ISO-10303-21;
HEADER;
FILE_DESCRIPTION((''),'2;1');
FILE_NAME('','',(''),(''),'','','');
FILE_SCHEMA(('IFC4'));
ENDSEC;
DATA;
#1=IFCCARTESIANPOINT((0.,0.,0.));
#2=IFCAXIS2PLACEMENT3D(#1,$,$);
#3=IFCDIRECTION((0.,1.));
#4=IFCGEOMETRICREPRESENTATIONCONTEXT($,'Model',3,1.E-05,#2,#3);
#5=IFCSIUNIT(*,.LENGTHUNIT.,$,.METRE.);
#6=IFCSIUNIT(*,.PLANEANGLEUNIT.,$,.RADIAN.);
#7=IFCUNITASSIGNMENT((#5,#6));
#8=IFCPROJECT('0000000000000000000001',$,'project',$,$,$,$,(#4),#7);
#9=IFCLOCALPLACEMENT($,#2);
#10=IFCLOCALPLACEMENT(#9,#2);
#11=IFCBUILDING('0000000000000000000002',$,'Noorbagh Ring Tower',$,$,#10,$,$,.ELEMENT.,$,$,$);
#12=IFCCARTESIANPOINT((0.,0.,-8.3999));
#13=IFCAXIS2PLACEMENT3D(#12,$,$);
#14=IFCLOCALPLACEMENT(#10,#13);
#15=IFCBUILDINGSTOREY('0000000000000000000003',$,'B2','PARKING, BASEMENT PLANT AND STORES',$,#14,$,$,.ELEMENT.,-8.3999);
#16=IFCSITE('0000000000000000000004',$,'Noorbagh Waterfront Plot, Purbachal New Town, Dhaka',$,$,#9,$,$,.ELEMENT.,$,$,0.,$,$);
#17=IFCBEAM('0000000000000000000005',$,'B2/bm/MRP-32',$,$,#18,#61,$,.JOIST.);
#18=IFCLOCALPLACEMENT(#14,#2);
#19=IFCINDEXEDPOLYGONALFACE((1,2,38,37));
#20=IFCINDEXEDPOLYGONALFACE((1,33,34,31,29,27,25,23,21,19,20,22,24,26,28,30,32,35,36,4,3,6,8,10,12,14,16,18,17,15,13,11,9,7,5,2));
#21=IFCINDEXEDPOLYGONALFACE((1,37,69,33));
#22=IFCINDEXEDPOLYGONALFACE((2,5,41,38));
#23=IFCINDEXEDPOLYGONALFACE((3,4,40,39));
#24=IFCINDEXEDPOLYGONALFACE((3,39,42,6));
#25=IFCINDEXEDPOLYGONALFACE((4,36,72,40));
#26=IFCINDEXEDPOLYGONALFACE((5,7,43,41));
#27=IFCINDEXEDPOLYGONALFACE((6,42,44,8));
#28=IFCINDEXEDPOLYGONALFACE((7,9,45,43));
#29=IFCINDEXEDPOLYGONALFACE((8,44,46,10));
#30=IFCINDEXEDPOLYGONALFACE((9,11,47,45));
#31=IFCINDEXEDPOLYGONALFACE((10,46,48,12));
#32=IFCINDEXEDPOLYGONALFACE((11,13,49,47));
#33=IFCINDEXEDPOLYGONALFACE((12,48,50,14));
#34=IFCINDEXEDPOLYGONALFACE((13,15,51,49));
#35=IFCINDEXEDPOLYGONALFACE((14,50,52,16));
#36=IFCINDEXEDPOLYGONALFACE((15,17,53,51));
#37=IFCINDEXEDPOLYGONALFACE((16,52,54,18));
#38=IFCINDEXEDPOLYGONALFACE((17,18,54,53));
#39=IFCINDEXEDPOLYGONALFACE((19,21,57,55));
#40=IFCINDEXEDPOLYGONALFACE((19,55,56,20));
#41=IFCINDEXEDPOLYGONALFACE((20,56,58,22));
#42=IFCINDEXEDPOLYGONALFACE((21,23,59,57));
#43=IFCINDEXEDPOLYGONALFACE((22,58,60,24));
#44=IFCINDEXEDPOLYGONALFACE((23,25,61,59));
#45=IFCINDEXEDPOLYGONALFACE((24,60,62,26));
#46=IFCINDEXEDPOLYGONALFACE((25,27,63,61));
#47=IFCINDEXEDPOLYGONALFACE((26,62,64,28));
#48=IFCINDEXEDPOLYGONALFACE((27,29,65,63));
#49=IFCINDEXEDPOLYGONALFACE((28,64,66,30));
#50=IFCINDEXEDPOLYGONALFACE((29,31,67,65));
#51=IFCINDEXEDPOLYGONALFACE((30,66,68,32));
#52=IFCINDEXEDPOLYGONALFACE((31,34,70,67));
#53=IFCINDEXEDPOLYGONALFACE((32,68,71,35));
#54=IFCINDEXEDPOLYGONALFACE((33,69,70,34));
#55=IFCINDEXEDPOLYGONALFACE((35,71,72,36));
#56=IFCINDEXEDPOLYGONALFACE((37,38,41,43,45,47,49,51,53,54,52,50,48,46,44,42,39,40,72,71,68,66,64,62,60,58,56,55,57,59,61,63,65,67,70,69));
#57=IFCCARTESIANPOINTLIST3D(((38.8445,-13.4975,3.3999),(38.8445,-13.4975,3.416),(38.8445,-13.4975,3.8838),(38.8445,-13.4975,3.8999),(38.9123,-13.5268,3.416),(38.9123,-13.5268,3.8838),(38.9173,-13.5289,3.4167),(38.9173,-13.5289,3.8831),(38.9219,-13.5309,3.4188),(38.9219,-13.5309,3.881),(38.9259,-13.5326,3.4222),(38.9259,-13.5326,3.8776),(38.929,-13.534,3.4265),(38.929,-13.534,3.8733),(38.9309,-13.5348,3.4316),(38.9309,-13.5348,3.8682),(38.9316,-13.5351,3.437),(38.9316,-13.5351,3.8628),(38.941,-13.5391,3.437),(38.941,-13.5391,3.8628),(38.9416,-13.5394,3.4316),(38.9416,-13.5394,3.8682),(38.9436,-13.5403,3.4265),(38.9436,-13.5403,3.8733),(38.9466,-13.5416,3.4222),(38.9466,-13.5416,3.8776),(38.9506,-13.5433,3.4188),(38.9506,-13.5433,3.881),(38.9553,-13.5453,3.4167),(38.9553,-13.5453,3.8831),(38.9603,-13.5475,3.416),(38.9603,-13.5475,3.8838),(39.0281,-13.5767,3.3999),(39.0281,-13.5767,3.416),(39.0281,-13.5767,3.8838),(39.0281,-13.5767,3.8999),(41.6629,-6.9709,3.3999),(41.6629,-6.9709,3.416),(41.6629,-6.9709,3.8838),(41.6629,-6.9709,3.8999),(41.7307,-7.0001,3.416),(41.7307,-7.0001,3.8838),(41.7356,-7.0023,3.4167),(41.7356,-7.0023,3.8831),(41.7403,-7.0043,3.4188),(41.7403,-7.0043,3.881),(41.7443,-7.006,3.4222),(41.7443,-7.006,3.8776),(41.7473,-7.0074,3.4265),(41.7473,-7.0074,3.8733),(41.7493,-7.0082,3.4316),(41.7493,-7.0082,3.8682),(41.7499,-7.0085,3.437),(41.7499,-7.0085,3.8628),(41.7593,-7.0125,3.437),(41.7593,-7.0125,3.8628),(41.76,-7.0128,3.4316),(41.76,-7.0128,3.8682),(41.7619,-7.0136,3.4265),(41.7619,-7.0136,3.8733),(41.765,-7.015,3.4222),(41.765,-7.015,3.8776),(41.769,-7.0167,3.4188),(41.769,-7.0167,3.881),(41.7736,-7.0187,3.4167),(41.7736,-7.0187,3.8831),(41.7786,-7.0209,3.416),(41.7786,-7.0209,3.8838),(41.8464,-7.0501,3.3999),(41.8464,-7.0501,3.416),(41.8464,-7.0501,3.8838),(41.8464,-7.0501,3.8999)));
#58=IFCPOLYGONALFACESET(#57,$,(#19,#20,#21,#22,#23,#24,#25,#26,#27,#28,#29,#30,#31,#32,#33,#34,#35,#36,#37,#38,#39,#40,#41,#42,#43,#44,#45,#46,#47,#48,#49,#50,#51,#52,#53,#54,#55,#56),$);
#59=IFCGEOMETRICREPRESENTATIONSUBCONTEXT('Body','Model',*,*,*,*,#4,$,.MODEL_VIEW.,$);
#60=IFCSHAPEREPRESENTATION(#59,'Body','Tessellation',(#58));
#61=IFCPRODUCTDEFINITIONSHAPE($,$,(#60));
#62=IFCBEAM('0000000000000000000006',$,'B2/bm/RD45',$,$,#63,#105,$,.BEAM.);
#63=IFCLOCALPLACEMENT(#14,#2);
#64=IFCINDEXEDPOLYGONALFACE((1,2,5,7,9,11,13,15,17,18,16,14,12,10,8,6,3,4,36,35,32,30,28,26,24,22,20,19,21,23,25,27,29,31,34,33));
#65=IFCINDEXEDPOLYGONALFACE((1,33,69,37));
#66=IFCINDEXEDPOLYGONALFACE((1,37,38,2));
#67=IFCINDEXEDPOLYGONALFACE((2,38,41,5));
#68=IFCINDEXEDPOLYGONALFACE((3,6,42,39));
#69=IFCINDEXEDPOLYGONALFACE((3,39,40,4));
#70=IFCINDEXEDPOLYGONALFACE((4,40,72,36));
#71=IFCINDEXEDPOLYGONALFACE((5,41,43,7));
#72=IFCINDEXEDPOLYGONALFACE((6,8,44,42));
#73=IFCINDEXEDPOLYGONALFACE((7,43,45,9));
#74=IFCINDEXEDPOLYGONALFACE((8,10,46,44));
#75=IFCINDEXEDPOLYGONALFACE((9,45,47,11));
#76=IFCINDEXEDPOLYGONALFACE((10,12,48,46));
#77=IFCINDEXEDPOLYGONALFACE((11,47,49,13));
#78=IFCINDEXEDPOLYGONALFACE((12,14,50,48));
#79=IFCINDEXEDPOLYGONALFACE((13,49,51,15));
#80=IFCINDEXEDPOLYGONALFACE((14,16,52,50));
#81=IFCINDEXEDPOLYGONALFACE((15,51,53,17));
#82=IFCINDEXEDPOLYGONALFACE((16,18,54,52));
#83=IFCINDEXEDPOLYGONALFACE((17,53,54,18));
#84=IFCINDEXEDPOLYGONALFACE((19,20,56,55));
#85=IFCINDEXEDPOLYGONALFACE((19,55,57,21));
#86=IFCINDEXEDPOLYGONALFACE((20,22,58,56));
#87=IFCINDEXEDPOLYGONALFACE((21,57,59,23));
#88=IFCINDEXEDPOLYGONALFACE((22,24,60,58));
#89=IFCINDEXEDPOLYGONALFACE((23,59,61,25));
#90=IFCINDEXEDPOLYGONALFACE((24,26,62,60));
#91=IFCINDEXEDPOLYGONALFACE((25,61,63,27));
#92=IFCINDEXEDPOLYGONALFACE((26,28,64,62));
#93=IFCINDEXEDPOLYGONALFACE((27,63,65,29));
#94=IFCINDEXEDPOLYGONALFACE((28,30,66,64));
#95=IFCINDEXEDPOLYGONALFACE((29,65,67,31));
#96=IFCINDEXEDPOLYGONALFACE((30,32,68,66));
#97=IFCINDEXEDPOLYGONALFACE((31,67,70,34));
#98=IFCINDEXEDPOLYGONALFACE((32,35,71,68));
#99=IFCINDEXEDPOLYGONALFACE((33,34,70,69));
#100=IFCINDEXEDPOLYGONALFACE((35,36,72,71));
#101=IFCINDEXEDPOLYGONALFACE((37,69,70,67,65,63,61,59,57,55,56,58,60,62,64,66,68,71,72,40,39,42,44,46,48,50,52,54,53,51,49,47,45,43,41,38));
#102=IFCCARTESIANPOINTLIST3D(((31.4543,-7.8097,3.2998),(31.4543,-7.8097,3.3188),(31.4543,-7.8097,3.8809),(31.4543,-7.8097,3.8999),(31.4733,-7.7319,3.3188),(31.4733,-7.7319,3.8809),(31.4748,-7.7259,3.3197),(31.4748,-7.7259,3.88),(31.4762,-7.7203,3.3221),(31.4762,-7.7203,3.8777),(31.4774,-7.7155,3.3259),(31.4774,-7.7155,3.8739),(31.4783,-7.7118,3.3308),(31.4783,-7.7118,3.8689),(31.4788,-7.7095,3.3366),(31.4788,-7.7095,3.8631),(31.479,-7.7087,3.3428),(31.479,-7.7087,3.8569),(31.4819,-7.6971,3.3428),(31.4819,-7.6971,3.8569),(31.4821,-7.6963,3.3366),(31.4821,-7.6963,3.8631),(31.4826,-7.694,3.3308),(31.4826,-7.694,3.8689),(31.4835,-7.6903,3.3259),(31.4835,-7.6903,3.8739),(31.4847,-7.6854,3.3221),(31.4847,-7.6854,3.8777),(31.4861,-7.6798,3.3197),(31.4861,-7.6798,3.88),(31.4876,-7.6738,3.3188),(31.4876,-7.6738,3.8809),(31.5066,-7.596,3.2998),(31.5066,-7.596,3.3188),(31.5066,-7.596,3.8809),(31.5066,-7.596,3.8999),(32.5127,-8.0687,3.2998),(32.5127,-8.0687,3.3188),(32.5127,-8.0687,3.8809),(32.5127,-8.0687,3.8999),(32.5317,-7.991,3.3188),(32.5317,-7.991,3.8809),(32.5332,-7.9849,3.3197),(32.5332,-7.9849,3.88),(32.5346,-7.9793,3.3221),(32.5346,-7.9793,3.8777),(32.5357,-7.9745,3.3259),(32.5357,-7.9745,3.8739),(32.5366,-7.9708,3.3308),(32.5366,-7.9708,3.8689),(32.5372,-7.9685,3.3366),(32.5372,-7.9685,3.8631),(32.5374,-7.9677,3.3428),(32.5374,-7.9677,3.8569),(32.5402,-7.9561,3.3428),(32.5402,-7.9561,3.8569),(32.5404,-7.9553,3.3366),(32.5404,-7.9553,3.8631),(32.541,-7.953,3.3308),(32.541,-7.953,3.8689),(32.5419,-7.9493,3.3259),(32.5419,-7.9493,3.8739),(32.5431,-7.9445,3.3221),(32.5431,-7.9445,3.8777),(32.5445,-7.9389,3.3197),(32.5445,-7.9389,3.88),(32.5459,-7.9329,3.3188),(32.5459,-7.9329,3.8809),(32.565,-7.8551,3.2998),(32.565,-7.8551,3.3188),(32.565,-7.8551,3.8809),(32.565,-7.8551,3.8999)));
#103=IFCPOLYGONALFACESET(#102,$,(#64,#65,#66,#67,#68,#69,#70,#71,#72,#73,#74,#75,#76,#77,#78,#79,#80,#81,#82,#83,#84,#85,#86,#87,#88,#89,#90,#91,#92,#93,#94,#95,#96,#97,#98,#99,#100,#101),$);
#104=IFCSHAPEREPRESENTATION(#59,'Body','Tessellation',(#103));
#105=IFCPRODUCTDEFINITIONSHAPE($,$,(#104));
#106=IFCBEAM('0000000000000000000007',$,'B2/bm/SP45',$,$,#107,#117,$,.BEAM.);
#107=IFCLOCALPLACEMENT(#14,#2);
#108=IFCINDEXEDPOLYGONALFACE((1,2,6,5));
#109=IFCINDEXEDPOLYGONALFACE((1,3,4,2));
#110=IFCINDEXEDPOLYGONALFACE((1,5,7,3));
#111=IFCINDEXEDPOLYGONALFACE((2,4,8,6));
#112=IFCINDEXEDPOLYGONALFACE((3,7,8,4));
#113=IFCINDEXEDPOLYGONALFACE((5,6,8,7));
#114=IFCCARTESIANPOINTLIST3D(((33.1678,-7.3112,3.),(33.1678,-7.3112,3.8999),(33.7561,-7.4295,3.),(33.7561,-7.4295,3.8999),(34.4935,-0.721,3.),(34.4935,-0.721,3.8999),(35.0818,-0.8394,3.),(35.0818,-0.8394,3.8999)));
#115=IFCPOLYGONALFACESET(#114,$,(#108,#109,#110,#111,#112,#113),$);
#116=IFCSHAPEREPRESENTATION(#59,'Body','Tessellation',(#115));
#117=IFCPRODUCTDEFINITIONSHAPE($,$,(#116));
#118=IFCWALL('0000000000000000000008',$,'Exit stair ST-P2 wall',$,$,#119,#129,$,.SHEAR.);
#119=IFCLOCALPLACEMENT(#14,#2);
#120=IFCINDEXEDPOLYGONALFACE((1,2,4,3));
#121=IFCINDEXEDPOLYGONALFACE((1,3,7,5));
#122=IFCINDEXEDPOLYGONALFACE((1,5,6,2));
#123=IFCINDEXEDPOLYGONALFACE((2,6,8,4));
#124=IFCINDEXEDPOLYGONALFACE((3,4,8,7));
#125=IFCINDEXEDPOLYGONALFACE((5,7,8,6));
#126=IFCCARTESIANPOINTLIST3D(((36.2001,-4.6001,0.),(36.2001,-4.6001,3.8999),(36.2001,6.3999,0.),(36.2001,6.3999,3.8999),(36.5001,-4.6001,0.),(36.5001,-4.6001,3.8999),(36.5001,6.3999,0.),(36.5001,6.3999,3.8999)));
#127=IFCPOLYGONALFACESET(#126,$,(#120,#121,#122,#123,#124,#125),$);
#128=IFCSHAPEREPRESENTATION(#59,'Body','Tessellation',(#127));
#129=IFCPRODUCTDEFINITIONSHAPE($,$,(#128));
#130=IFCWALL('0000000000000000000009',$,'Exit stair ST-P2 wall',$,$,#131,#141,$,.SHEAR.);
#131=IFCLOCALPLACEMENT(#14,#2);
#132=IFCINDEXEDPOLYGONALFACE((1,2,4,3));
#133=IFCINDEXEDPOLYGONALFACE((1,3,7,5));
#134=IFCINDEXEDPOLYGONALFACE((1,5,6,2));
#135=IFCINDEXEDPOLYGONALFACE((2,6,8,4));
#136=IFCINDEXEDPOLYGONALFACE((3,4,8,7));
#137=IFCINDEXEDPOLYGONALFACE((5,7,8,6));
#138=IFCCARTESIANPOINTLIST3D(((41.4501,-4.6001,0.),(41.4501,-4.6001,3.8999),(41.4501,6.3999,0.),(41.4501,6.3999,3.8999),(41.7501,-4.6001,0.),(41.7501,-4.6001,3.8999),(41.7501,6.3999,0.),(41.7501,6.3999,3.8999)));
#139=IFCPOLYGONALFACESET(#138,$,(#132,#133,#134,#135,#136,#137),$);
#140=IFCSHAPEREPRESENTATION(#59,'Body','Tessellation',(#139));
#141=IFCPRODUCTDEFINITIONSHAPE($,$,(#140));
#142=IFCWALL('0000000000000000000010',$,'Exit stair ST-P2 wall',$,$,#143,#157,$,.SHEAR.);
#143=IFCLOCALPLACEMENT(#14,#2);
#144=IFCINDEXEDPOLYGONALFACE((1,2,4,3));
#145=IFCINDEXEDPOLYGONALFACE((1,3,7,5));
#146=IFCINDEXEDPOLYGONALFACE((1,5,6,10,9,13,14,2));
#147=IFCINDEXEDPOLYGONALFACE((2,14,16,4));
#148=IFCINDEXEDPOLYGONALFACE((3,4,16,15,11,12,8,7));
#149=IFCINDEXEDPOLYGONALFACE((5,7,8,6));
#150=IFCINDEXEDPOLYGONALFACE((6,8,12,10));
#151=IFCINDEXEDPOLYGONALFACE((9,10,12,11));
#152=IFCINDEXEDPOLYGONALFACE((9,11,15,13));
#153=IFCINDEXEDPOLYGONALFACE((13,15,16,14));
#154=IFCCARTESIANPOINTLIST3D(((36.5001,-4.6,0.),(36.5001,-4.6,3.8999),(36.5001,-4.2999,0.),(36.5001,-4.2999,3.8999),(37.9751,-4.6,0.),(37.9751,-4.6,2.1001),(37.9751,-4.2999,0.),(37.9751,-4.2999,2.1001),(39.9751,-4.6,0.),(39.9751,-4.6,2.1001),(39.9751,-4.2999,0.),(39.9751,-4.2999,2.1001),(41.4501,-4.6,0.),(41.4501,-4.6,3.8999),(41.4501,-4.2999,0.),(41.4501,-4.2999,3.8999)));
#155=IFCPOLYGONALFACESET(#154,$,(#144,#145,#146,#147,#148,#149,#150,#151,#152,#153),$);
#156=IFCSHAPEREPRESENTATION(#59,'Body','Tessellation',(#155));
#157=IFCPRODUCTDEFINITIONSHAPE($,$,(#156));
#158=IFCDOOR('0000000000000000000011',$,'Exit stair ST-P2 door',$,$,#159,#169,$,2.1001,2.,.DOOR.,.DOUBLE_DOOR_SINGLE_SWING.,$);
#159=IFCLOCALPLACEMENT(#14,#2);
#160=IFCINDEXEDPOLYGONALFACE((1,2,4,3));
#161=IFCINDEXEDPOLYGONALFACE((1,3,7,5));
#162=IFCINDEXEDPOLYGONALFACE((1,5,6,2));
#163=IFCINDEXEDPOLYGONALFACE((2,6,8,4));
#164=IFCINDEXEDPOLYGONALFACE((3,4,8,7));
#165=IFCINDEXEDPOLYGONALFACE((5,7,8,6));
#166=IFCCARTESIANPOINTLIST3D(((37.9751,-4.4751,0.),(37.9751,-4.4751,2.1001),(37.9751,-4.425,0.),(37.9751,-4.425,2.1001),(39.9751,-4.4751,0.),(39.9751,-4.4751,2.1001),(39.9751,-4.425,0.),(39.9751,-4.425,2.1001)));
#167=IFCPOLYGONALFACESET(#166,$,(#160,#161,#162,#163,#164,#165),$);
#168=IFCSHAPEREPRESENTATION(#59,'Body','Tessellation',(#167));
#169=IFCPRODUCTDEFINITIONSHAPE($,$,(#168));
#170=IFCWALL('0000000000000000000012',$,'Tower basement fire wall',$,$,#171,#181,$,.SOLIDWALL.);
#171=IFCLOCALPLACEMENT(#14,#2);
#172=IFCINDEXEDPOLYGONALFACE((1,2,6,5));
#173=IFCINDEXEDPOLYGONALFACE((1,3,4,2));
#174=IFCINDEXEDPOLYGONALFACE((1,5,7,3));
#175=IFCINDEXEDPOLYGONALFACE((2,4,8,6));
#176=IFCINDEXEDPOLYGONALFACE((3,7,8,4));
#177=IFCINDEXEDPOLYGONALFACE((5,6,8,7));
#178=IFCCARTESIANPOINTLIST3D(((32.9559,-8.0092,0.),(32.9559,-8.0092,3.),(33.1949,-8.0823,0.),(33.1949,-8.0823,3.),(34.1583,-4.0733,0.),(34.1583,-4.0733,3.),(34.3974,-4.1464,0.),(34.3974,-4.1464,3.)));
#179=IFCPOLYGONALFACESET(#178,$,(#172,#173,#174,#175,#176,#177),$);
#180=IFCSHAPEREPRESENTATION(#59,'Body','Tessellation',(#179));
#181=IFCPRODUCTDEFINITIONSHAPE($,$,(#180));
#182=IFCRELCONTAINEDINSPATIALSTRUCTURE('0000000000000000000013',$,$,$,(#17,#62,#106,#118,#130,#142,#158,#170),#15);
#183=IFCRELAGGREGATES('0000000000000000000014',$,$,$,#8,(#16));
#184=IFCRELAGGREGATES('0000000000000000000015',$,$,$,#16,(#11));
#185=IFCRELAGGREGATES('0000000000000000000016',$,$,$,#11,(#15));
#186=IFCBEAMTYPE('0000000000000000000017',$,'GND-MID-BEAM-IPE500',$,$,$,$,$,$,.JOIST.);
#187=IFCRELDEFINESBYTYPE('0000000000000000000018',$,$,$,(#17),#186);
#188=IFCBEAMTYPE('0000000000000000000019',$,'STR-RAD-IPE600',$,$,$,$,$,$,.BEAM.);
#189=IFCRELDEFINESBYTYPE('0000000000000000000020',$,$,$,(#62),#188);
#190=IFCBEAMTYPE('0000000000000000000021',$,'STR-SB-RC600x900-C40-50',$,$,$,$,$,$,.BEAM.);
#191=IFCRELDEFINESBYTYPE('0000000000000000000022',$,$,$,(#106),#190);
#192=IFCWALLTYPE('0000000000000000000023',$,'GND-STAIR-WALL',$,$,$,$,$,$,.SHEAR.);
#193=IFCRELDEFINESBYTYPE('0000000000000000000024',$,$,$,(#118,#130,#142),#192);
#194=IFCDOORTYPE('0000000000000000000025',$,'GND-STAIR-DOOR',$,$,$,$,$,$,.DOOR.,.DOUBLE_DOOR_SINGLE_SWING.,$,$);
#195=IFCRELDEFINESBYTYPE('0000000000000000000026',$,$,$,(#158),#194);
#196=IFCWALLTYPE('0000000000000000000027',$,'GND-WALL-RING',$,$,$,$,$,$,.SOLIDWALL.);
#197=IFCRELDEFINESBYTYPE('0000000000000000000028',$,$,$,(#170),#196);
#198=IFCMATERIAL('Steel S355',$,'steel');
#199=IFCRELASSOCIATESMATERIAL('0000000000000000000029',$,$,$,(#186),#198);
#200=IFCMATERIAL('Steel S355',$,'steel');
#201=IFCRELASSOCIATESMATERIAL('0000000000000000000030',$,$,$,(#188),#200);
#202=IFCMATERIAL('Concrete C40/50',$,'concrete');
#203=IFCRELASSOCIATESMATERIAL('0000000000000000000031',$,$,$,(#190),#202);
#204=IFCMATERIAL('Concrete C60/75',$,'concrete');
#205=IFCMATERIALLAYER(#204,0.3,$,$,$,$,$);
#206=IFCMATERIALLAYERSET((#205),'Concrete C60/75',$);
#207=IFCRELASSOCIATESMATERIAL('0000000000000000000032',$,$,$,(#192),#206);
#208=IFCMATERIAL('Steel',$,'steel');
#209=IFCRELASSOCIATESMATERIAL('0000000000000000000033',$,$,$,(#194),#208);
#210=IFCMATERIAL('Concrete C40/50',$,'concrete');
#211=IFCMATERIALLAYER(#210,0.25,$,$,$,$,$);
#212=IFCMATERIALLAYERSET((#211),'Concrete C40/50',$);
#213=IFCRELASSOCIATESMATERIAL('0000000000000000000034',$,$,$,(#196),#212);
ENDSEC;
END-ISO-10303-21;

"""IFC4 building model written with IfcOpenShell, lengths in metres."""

from ifc_helpers import new_model, si_unit, direction, frame, frame_2d, origin, origin_2d, place, context, subcontext, project, spatial, rectangle, i_section, extrude, material, layer, layer_set, material_profile, profile_set, type_object, element, fill, save


model = new_model("IFC4")

# Units and contexts
model_context = context("Model", 3, precision=1e-05, world=origin(), true_north=direction((0.0, 1.0)))
body_context = subcontext(model_context, "Body", "Model", "MODEL_VIEW")
ifc_project = project(units=[si_unit("LENGTHUNIT", "METRE"), si_unit("PLANEANGLEUNIT", "RADIAN")], contexts=[model_context])

# Site, building, storey
site_placement = place(None, origin())
site = spatial("IfcSite", under=ifc_project, at=site_placement, Name="Noorbagh Waterfront Plot, Purbachal New Town, Dhaka", CompositionType="ELEMENT", RefElevation=0.0)
building_placement = place(site_placement, origin())
building = spatial("IfcBuilding", under=site, at=building_placement, Name="Noorbagh Ring Tower", CompositionType="ELEMENT")
storey_placement = place(building_placement, frame((0.0, 0.0, -8.3999)))
storey = spatial("IfcBuildingStorey", under=building, at=storey_placement, Name="B2", Description="PARKING, BASEMENT PLANT AND STORES", CompositionType="ELEMENT", Elevation=-8.3999)

# Beams
ifc_material_1 = material(Name="Steel S355", Category="steel")
ifc_material_profile_1 = material_profile(ifc_material_1, i_section(OverallWidth=0.2, OverallDepth=0.5, WebThickness=0.0103, FlangeThickness=0.0161, FilletRadius=0.021, at=origin_2d()), Name="IPE500")
ifc_profile_set_1 = profile_set([ifc_material_profile_1], Name="Steel S355")
beam_type_1 = type_object("IfcBeamType", Name="GND-MID-BEAM-IPE500", PredefinedType="JOIST", material=ifc_profile_set_1)
beam_1_placement = place(storey_placement, frame((38.9363, -13.5371, 3.6499), z_axis=(0.396442, 0.91806, 0.0), x_axis=(-0.91806, 0.396442, 0.0)))
element("IfcBeam", 1, at=beam_1_placement, inside=storey, type_object=beam_type_1, Name="B2/bm/MRP-32", PredefinedType="JOIST", context=body_context, shape_type="SweptSolid", body=[
    extrude(i_section(OverallWidth=0.2, OverallDepth=0.5, WebThickness=0.0103, FlangeThickness=0.0161, FilletRadius=0.021, at=origin_2d()), origin(), (0.0, 0.0, 1.0), 7.1091),
])
ifc_material_2 = material(Name="Steel S355", Category="steel")
ifc_material_profile_2 = material_profile(ifc_material_2, i_section(OverallWidth=0.22, OverallDepth=0.6001, WebThickness=0.012, FlangeThickness=0.019, FilletRadius=0.0239, at=origin_2d()), Name="IPE600")
ifc_profile_set_2 = profile_set([ifc_material_profile_2], Name="Steel S355")
beam_type_2 = type_object("IfcBeamType", Name="STR-RAD-IPE600", PredefinedType="BEAM", material=ifc_profile_set_2)
beam_2_placement = place(storey_placement, frame((32.5388, -7.9619, 3.5999), z_axis=(-0.97133, 0.237735, 0.0), x_axis=(-0.237735, -0.97133, 0.0)))
element("IfcBeam", 2, at=beam_2_placement, inside=storey, type_object=beam_type_2, Name="B2/bm/RD45", PredefinedType="BEAM", context=body_context, shape_type="SweptSolid", body=[
    extrude(i_section(OverallWidth=0.22, OverallDepth=0.6001, WebThickness=0.012, FlangeThickness=0.019, FilletRadius=0.0239, at=origin_2d()), origin(), (0.0, 0.0, 1.0), 1.0896),
])
ifc_material_3 = material(Name="Concrete C40/50", Category="concrete")
ifc_material_profile_3 = material_profile(ifc_material_3, rectangle(XDim=0.6001, YDim=0.8999, at=origin_2d()), Name="RC600x900")
ifc_profile_set_3 = profile_set([ifc_material_profile_3], Name="Concrete C40/50")
beam_type_3 = type_object("IfcBeamType", Name="STR-SB-RC600x900-C40-50", PredefinedType="BEAM", material=ifc_profile_set_3)
beam_3_placement = place(storey_placement, frame((33.4619, -7.3704, 3.45), z_axis=(0.197213, 0.980361, 0.0), x_axis=(-0.980361, 0.197213, 0.0)))
element("IfcBeam", 3, at=beam_3_placement, inside=storey, type_object=beam_type_3, Name="B2/bm/SP45", PredefinedType="BEAM", context=body_context, shape_type="SweptSolid", body=[
    extrude(rectangle(XDim=0.6001, YDim=0.8999, at=origin_2d()), origin(), (0.0, 0.0, 1.0), 6.7222),
])

# Walls
ifc_material_4 = material(Name="Concrete C60/75", Category="concrete")
ifc_layer_1 = layer(ifc_material_4, 0.3)
ifc_layer_set_1 = layer_set([ifc_layer_1], Name="Concrete C60/75")
wall_type_1 = type_object("IfcWallType", Name="GND-STAIR-WALL", PredefinedType="SHEAR", material=ifc_layer_set_1)
for number, where, z_axis, x_axis, name in (
    (4, (36.3501, -4.6001, 0.0), (0.0, 0.0, 1.0), (0.0, 1.0, 0.0), "Exit stair ST-P2 wall"),
    (5, (41.6001, -4.6001, 0.0), (0.0, 0.0, 1.0), (0.0, 1.0, 0.0), "Exit stair ST-P2 wall"),
):
    element("IfcWall", number, at=place(storey_placement, frame(where, z_axis=z_axis, x_axis=x_axis)), inside=storey, type_object=wall_type_1, Name=name, PredefinedType="SHEAR", context=body_context, shape_type="SweptSolid", body=[
        extrude(rectangle(XDim=11.0, YDim=0.3, at=frame_2d((5.5, 0.0))), origin(), (0.0, 0.0, 1.0), 3.8999),
    ])

# Wall, opening, door
wall_1_placement = place(storey_placement, frame((36.5, -4.45, 0.0), z_axis=(0.0, 0.0, 1.0), x_axis=(1.0, 0.0, 0.0)))
wall_1 = element("IfcWall", 6, at=wall_1_placement, inside=storey, type_object=wall_type_1, Name="Exit stair ST-P2 wall", PredefinedType="SHEAR", context=body_context, shape_type="SweptSolid", body=[
    extrude(rectangle(XDim=4.95, YDim=0.3, at=frame_2d((2.4751, 0.0))), origin(), (0.0, 0.0, 1.0), 3.8999),
])
opening_placement = place(wall_1_placement, frame((1.4751, 0.0, 0.0)))
opening = element("IfcOpeningElement", 7, at=opening_placement, cuts=wall_1, PredefinedType="OPENING", context=body_context, shape_type="SweptSolid", body=[
    extrude(rectangle(XDim=2.0, YDim=2.1001, at=frame_2d((1.0, 1.05))), frame((0.0, 0.1602, 0.0), z_axis=(0.0, -1.0, 0.0), x_axis=(1.0, 0.0, 0.0)), (0.0, 0.0, 1.0), 0.3201),
])
ifc_material_5 = material(Name="Steel", Category="steel")
door_type = type_object("IfcDoorType", Name="GND-STAIR-DOOR", OperationType="DOUBLE_DOOR_SINGLE_SWING", PredefinedType="DOOR", material=ifc_material_5)
door_placement = place(opening_placement, origin())
door = element("IfcDoor", 8, at=door_placement, inside=storey, type_object=door_type, Name="Exit stair ST-P2 door", OperationType="DOUBLE_DOOR_SINGLE_SWING", OverallHeight=2.1001, OverallWidth=2.0, PredefinedType="DOOR", context=body_context, shape_type="SweptSolid", body=[
    extrude(rectangle(XDim=2.0, YDim=2.1001, at=frame_2d((1.0, 1.05))), frame((0.0, 0.0249, 0.0), z_axis=(0.0, -1.0, 0.0), x_axis=(1.0, 0.0, 0.0)), (0.0, 0.0, 1.0), 0.05),
])
fill(opening, door)

# Wall
ifc_material_6 = material(Name="Concrete C40/50", Category="concrete")
ifc_layer_2 = layer(ifc_material_6, 0.25)
ifc_layer_set_2 = layer_set([ifc_layer_2], Name="Concrete C40/50")
wall_type_2 = type_object("IfcWallType", Name="GND-WALL-RING", PredefinedType="SOLIDWALL", material=ifc_layer_set_2)
wall_2_placement = place(storey_placement, frame((33.0754, -8.0457, 0.0), z_axis=(0.0, 0.0, 1.0), x_axis=(0.292172, 0.956366, 0.0)))
element("IfcWall", 9, at=wall_2_placement, inside=storey, type_object=wall_type_2, Name="Tower basement fire wall", PredefinedType="SOLIDWALL", context=body_context, shape_type="SweptSolid", body=[
    extrude(rectangle(XDim=4.1155, YDim=0.25, at=frame_2d((2.0576, 0.0))), origin(), (0.0, 0.0, 1.0), 3.0),
])

save(model, "model.ifc")
